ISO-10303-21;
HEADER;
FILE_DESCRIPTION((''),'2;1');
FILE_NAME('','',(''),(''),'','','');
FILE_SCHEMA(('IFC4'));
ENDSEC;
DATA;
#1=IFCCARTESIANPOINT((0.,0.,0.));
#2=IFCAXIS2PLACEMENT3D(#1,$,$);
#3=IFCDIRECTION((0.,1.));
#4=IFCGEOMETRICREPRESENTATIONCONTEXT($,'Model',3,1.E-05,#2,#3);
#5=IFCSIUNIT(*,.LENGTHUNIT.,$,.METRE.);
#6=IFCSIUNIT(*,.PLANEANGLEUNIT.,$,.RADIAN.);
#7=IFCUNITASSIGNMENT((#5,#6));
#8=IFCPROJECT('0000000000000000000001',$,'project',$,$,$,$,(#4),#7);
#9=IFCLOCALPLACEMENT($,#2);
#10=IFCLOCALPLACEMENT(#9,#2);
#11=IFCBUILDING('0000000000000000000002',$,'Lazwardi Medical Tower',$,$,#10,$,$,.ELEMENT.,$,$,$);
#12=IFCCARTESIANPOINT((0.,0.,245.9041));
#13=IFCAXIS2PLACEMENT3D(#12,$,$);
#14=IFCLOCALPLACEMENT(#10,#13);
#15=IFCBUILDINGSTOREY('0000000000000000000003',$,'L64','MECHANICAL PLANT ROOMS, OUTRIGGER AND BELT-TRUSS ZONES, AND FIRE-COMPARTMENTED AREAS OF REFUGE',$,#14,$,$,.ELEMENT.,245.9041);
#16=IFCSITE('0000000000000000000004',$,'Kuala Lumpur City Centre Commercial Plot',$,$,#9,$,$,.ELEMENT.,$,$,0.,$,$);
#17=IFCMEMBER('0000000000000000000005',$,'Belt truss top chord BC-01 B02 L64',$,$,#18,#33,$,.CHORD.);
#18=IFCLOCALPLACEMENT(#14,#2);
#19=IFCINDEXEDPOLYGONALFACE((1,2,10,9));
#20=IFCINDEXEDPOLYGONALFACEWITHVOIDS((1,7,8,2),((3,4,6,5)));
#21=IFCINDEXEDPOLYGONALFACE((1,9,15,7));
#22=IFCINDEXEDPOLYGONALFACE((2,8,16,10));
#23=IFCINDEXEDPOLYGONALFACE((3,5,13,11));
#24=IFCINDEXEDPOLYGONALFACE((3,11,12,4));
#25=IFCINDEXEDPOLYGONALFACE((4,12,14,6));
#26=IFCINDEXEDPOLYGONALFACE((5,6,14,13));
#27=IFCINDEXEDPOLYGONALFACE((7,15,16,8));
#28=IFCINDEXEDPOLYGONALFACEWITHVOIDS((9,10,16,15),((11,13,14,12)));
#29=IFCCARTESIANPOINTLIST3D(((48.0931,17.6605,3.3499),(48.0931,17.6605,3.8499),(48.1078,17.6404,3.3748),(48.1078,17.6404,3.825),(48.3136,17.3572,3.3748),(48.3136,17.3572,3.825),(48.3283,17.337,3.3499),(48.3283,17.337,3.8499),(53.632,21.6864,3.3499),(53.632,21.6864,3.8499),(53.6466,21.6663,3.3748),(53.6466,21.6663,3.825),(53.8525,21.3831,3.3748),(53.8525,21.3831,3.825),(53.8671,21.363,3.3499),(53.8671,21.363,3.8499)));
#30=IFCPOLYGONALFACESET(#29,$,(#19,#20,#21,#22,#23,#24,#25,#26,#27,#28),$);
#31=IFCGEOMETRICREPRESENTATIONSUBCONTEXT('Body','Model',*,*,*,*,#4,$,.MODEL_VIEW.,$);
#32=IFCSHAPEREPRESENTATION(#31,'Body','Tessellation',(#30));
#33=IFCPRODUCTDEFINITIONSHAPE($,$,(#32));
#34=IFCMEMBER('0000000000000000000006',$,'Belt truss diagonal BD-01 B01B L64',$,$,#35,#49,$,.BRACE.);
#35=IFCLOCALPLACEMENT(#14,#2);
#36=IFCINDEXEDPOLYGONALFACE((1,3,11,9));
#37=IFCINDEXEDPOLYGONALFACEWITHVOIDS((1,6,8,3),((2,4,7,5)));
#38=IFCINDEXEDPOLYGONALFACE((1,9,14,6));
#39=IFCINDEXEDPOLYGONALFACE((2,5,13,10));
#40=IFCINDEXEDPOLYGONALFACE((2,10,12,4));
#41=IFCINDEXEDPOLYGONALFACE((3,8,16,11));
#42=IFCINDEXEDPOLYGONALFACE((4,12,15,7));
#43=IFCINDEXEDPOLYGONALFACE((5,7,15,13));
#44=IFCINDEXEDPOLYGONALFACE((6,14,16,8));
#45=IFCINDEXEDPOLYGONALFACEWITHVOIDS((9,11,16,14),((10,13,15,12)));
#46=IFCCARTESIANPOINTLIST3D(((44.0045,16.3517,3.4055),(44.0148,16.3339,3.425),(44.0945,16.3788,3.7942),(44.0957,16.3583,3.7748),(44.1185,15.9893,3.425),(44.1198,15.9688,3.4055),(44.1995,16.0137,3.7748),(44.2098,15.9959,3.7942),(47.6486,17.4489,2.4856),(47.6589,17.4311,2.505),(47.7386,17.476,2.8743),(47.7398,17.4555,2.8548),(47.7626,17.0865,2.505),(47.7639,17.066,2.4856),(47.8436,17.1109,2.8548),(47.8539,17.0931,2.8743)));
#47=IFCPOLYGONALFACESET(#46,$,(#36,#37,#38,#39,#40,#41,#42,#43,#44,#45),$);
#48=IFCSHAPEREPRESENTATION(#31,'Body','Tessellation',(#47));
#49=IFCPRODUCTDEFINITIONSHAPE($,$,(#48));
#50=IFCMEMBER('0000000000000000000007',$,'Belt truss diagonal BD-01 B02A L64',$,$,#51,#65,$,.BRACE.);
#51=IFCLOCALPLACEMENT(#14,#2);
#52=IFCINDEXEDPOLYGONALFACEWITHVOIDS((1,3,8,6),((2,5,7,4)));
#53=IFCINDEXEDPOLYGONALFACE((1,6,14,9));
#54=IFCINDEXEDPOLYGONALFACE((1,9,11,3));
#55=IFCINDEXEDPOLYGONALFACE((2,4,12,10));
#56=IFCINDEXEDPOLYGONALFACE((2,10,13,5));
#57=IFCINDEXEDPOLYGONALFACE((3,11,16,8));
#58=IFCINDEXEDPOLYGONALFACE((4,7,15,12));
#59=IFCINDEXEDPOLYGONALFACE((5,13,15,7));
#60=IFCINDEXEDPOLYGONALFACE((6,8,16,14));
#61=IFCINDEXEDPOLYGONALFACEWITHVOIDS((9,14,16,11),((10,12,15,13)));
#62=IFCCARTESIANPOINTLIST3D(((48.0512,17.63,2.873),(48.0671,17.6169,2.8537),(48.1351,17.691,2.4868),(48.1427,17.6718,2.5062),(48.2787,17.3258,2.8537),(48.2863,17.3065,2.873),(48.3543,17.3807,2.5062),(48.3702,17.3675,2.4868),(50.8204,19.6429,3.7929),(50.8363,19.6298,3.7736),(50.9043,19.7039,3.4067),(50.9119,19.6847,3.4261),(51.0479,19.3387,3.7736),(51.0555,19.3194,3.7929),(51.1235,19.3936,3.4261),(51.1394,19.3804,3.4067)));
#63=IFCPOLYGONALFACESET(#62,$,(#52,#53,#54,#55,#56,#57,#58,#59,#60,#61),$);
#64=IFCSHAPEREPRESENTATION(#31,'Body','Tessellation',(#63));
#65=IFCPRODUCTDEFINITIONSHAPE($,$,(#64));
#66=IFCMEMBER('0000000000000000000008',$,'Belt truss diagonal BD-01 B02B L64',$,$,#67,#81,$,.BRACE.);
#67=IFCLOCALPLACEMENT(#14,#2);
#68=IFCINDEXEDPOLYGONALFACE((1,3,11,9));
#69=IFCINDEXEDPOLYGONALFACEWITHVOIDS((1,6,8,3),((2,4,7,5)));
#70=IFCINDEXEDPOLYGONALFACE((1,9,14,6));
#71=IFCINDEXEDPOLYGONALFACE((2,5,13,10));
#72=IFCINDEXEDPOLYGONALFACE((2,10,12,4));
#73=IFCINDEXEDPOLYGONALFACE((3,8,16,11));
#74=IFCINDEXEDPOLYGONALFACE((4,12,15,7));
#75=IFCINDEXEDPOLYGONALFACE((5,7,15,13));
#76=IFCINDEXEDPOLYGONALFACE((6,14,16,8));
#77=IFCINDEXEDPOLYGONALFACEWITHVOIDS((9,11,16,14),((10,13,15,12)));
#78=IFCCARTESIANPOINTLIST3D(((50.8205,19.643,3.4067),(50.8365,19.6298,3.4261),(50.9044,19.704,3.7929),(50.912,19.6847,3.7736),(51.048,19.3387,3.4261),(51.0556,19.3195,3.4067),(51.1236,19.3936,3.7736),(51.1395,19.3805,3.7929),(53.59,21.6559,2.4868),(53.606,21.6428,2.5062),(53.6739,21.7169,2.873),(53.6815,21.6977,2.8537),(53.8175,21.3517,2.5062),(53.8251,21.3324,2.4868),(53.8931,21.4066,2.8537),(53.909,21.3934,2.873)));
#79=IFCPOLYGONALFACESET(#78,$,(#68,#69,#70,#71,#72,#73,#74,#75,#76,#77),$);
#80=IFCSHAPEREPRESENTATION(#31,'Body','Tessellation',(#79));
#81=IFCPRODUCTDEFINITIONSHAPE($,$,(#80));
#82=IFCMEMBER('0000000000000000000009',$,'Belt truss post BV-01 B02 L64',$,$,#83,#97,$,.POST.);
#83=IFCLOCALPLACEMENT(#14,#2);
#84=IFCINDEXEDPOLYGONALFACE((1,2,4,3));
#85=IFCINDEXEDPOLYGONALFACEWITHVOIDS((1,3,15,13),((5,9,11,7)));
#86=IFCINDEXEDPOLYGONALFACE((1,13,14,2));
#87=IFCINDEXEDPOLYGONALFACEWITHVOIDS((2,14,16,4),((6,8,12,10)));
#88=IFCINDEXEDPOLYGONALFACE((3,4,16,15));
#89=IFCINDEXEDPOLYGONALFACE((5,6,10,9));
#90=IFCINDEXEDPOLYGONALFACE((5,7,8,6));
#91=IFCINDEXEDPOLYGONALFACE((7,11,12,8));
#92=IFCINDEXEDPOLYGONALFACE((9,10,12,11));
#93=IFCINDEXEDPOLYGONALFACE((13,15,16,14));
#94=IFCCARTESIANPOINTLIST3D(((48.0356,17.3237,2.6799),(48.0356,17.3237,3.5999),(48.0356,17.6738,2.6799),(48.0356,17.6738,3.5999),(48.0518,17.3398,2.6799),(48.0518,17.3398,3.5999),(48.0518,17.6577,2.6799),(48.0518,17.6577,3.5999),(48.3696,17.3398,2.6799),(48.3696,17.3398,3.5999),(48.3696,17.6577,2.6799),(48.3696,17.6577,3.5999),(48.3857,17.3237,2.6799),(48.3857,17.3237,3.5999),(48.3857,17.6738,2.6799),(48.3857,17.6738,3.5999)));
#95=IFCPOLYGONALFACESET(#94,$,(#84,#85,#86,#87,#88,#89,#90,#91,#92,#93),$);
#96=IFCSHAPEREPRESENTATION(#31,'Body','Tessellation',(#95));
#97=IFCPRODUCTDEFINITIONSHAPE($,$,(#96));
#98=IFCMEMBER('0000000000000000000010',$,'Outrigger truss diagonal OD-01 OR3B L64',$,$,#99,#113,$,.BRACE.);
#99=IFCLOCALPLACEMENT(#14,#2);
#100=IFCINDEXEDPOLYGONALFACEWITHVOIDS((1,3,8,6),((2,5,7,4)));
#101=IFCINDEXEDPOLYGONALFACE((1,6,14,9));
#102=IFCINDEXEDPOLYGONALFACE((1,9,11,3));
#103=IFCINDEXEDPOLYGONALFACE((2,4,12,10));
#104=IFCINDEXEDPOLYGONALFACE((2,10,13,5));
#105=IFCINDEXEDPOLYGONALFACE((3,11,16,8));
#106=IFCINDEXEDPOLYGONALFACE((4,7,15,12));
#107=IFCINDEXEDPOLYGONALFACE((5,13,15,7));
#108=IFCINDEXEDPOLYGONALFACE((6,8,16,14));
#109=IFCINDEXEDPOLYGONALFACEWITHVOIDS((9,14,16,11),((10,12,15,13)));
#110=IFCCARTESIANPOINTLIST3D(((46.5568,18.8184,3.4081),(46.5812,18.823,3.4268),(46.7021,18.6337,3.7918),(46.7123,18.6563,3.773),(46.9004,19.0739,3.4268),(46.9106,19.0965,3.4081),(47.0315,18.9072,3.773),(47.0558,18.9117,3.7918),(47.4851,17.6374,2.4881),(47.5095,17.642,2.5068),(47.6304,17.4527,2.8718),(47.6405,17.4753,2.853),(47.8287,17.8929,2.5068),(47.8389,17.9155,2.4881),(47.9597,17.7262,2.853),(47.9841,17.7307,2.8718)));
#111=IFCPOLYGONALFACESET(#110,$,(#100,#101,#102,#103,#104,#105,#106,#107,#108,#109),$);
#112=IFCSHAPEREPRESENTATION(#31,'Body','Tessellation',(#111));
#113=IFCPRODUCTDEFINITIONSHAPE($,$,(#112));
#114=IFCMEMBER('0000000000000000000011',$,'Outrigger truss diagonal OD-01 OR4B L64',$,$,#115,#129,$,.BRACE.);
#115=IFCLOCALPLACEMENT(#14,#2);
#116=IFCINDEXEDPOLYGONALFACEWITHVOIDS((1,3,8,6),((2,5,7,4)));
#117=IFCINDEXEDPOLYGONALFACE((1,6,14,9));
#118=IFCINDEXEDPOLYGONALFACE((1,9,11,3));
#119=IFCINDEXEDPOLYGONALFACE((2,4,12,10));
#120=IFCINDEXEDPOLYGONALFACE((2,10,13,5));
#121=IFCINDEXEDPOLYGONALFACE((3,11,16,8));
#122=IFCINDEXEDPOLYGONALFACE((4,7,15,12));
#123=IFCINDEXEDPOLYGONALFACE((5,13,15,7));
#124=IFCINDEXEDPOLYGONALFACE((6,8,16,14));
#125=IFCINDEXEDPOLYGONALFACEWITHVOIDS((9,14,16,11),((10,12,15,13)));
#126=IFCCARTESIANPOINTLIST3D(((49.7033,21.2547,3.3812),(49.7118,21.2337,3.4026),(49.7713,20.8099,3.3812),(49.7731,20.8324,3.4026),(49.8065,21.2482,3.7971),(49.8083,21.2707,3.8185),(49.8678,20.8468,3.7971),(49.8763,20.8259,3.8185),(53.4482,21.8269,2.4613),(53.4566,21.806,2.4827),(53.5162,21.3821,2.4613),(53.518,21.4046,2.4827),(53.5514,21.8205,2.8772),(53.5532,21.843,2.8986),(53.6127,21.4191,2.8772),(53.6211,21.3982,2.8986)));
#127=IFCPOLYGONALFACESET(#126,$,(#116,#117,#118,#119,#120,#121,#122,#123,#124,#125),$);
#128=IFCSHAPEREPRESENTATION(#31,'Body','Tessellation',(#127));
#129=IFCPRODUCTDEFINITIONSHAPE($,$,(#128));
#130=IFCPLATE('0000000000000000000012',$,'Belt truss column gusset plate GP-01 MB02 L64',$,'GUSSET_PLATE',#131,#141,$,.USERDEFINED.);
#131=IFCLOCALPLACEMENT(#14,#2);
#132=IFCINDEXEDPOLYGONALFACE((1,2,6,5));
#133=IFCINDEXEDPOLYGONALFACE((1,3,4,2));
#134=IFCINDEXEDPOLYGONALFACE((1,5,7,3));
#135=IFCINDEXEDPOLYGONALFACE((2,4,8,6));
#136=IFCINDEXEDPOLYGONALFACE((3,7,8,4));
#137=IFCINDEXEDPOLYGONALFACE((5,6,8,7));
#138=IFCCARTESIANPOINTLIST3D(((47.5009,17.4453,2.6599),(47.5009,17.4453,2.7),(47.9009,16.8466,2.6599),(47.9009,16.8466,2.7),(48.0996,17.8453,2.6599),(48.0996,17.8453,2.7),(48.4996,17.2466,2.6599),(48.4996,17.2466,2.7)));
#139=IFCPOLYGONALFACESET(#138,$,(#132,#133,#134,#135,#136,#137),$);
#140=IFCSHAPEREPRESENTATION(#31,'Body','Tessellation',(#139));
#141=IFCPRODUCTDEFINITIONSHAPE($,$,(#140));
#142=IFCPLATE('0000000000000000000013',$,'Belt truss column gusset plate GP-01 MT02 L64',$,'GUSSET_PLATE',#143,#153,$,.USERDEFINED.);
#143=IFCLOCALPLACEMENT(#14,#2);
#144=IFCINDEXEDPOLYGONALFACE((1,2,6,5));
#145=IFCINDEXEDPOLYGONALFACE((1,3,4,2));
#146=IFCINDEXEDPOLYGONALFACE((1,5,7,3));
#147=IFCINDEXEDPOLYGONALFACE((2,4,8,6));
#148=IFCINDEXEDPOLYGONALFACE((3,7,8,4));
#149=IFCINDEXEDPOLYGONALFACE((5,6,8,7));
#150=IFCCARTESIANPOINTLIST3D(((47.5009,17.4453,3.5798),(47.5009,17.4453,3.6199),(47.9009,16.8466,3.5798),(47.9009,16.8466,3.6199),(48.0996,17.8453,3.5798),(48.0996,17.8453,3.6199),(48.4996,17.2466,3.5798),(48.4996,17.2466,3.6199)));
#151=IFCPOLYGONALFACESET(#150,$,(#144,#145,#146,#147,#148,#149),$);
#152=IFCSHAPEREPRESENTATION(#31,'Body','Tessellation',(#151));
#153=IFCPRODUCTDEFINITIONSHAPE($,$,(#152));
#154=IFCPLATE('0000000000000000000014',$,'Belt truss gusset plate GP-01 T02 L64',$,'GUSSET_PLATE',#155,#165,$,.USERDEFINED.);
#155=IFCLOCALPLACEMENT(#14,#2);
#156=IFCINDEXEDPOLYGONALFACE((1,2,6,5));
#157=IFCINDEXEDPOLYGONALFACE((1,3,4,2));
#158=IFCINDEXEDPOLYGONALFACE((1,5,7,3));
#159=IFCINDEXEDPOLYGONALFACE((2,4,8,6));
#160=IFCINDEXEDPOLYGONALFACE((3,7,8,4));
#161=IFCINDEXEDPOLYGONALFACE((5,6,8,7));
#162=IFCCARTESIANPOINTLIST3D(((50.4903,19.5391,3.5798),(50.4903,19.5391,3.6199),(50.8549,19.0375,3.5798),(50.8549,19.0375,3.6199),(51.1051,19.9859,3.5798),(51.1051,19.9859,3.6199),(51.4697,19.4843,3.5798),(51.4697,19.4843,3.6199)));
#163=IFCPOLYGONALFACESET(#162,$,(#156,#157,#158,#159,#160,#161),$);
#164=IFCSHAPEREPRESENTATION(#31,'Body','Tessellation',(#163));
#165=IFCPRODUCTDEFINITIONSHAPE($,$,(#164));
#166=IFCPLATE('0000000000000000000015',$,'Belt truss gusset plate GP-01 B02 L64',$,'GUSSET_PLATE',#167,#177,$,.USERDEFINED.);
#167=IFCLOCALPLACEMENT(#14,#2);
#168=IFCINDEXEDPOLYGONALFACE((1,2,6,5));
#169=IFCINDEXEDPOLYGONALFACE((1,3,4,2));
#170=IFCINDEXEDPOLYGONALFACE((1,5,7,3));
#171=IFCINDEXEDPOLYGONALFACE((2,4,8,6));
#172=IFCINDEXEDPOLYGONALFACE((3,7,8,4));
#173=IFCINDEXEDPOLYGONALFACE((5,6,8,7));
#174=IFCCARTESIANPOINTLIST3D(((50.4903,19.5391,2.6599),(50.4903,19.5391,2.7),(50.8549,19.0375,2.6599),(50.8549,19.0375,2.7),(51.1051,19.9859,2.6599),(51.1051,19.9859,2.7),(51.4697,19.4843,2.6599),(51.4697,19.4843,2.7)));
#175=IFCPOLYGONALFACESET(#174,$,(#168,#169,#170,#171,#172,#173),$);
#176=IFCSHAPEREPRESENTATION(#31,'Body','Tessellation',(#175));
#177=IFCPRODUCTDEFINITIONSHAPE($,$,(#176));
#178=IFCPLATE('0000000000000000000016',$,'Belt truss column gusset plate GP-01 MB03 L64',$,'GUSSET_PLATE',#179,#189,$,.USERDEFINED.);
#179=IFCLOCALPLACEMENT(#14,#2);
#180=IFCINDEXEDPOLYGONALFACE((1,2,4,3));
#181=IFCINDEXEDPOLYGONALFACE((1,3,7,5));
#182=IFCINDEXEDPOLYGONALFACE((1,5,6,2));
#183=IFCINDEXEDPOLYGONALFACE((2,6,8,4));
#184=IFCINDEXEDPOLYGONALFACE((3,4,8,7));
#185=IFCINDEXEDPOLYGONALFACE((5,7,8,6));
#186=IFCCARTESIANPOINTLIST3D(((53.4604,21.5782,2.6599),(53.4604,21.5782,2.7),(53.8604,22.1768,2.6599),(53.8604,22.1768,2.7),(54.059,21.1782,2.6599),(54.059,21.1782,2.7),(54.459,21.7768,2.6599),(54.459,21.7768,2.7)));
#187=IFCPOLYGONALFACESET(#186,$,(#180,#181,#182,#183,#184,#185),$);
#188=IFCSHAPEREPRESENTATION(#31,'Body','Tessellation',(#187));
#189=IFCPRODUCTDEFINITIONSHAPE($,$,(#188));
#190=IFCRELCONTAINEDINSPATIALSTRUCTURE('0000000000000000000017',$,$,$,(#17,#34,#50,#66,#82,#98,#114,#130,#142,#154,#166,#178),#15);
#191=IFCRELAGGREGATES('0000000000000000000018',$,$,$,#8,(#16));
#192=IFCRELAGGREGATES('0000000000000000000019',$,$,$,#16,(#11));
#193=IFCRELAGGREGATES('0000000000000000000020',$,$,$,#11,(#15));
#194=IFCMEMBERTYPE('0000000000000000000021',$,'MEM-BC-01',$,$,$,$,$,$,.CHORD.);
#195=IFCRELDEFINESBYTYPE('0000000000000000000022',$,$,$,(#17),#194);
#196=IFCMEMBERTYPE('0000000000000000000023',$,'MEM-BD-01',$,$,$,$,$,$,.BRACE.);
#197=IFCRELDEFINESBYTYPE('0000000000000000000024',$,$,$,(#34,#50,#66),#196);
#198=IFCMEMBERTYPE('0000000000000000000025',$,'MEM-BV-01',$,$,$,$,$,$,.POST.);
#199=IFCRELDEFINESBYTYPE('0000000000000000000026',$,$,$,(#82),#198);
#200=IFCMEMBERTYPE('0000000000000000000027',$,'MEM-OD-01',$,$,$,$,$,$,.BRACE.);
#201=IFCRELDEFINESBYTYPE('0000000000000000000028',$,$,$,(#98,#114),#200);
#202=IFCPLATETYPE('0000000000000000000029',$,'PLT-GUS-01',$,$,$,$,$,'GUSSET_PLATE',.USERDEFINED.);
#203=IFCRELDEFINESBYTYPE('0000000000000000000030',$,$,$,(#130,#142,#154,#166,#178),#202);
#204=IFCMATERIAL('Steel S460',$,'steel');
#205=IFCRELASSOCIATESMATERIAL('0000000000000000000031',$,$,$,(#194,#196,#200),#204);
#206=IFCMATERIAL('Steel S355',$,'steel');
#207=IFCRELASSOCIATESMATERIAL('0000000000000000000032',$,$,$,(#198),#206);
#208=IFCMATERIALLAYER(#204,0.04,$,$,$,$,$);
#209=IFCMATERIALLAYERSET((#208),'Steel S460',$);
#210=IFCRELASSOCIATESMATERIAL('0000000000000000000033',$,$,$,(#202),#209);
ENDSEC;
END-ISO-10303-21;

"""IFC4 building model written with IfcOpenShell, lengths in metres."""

from ifc_helpers import new_model, si_unit, direction, frame, origin, origin_2d, place, context, subcontext, project, spatial, rectangle, hollow_rectangle, extrude, material, layer, layer_set, material_profile, profile_set, type_object, element, save


model = new_model("IFC4")

# Units and contexts
model_context = context("Model", 3, precision=1e-05, world=origin(), true_north=direction((0.0, 1.0)))
body_context = subcontext(model_context, "Body", "Model", "MODEL_VIEW")
ifc_project = project(units=[si_unit("LENGTHUNIT", "METRE"), si_unit("PLANEANGLEUNIT", "RADIAN")], contexts=[model_context])

# Site, building, storey
site_placement = place(None, origin())
site = spatial("IfcSite", under=ifc_project, at=site_placement, Name="Kuala Lumpur City Centre Commercial Plot", CompositionType="ELEMENT", RefElevation=0.0)
building_placement = place(site_placement, origin())
building = spatial("IfcBuilding", under=site, at=building_placement, Name="Lazwardi Medical Tower", CompositionType="ELEMENT")
storey_placement = place(building_placement, frame((0.0, 0.0, 245.9041)))
storey = spatial("IfcBuildingStorey", under=building, at=storey_placement, Name="L64", Description="MECHANICAL PLANT ROOMS, OUTRIGGER AND BELT-TRUSS ZONES, AND FIRE-COMPARTMENTED AREAS OF REFUGE", CompositionType="ELEMENT", Elevation=245.9041)

# Shared definitions
ifc_material_1 = material(Name="Steel S355", Category="steel")

# Members
ifc_material_2 = material(Name="Steel S460", Category="steel")
ifc_material_profile_1 = material_profile(ifc_material_2, hollow_rectangle(XDim=0.3999, YDim=0.5, WallThickness=0.0249, at=origin_2d()), Name="RHS 500x400x25")
ifc_profile_set_1 = profile_set([ifc_material_profile_1], Name="Steel S460")
member_type_1 = type_object("IfcMemberType", Name="MEM-BC-01", PredefinedType="CHORD", material=ifc_profile_set_1)
for number, where, z_axis, x_axis, name in (
    (1, (48.2107, 17.4988, 3.5999), (0.808899, 0.587947, 0.0), (-0.587947, 0.808899, 0.0), "Belt truss top chord BC-01 B02 L64"),
):
    element("IfcMember", number, at=place(storey_placement, frame(where, z_axis=z_axis, x_axis=x_axis)), inside=storey, type_object=member_type_1, Name=name, PredefinedType="CHORD", context=body_context, shape_type="SweptSolid", body=[
        extrude(hollow_rectangle(XDim=0.3999, YDim=0.5, WallThickness=0.0249, at=origin_2d()), origin(), (0.0, 0.0, 1.0), 6.8474),
    ])
ifc_material_profile_2 = material_profile(ifc_material_2, hollow_rectangle(XDim=0.3999, YDim=0.3999, WallThickness=0.02, at=origin_2d()), Name="RHS 400x400x20")
ifc_profile_set_2 = profile_set([ifc_material_profile_2], Name="Steel S460")
member_type_2 = type_object("IfcMemberType", Name="MEM-BD-01", PredefinedType="BRACE", material=ifc_profile_set_2)
member_1_placement = place(storey_placement, frame((47.7512, 17.271, 2.6799), z_axis=(-0.930734, -0.28023, 0.234959), x_axis=(0.288301, -0.95754, 0.0)))
element("IfcMember", 2, at=member_1_placement, inside=storey, type_object=member_type_2, Name="Belt truss diagonal BD-01 B01B L64", PredefinedType="BRACE", context=body_context, shape_type="SweptSolid", body=[
    extrude(hollow_rectangle(XDim=0.3999, YDim=0.3999, WallThickness=0.02, at=origin_2d()), origin(), (0.0, 0.0, 1.0), 3.9153),
])
member_2_placement = place(storey_placement, frame((48.2107, 17.4988, 2.6799), z_axis=(0.781178, 0.567823, 0.259497), x_axis=(-0.587964, 0.808887, 0.0)))
element("IfcMember", 3, at=member_2_placement, inside=storey, type_object=member_type_2, Name="Belt truss diagonal BD-01 B02A L64", PredefinedType="BRACE", context=body_context, shape_type="SweptSolid", body=[
    extrude(hollow_rectangle(XDim=0.3999, YDim=0.3999, WallThickness=0.02, at=origin_2d()), origin(), (0.0, 0.0, 1.0), 3.5449),
])
member_3_placement = place(storey_placement, frame((53.7495, 21.5247, 2.6799), z_axis=(-0.781205, -0.567792, 0.259483), x_axis=(0.58793, -0.808912, 0.0)))
element("IfcMember", 4, at=member_3_placement, inside=storey, type_object=member_type_2, Name="Belt truss diagonal BD-01 B02B L64", PredefinedType="BRACE", context=body_context, shape_type="SweptSolid", body=[
    extrude(hollow_rectangle(XDim=0.3999, YDim=0.3999, WallThickness=0.02, at=origin_2d()), origin(), (0.0, 0.0, 1.0), 3.5452),
])
ifc_material_profile_3 = material_profile(ifc_material_1, hollow_rectangle(XDim=0.3501, YDim=0.3501, WallThickness=0.0161, at=origin_2d()), Name="RHS 350x350x16")
ifc_profile_set_3 = profile_set([ifc_material_profile_3], Name="Steel S355")
member_type_3 = type_object("IfcMemberType", Name="MEM-BV-01", PredefinedType="POST", material=ifc_profile_set_3)
member_4_placement = place(storey_placement, frame((48.2107, 17.4988, 2.6799), z_axis=(0.0, 0.0, 1.0), x_axis=(1.0, 0.0, 0.0)))
element("IfcMember", 5, at=member_4_placement, inside=storey, type_object=member_type_3, Name="Belt truss post BV-01 B02 L64", PredefinedType="POST", context=body_context, shape_type="SweptSolid", body=[
    extrude(hollow_rectangle(XDim=0.3501, YDim=0.3501, WallThickness=0.0161, at=origin_2d()), origin(), (0.0, 0.0, 1.0), 0.9199),
])
ifc_material_profile_4 = material_profile(ifc_material_2, hollow_rectangle(XDim=0.45, YDim=0.45, WallThickness=0.022, at=origin_2d()), Name="RHS 450x450x22")
ifc_profile_set_4 = profile_set([ifc_material_profile_4], Name="Steel S460")
member_type_4 = type_object("IfcMemberType", Name="MEM-OD-01", PredefinedType="BRACE", material=ifc_profile_set_4)
member_5_placement = place(storey_placement, frame((47.7346, 17.6841, 2.6799), z_axis=(-0.526991, 0.670452, 0.522279), x_axis=(-0.7862, -0.617972, 0.0)))
element("IfcMember", 6, at=member_5_placement, inside=storey, type_object=member_type_4, Name="Outrigger truss diagonal OD-01 OR3B L64", PredefinedType="BRACE", context=body_context, shape_type="SweptSolid", body=[
    extrude(hollow_rectangle(XDim=0.45, YDim=0.45, WallThickness=0.022, at=origin_2d()), origin(), (0.0, 0.0, 1.0), 1.7615),
])
member_6_placement = place(storey_placement, frame((53.5347, 21.6125, 2.6799), z_axis=(-0.960609, -0.146794, 0.235972), x_axis=(0.15106, -0.988525, 0.0)))
element("IfcMember", 7, at=member_6_placement, inside=storey, type_object=member_type_4, Name="Outrigger truss diagonal OD-01 OR4B L64", PredefinedType="BRACE", context=body_context, shape_type="SweptSolid", body=[
    extrude(hollow_rectangle(XDim=0.45, YDim=0.45, WallThickness=0.022, at=origin_2d()), origin(), (0.0, 0.0, 1.0), 3.8984),
])

# Plates
ifc_layer = layer(ifc_material_2, 0.04)
ifc_layer_set = layer_set([ifc_layer], Name="Steel S460")
plate_type = type_object("IfcPlateType", Name="PLT-GUS-01", ElementType="GUSSET_PLATE", PredefinedType="USERDEFINED", material=ifc_layer_set)
for number, where, z_axis, x_axis, name in (
    (8, (48.0002, 17.3459, 2.6599), (0.0, 0.0, 1.0), (0.55557, -0.83147, 0.0), "Belt truss column gusset plate GP-01 MB02 L64"),
    (9, (48.0002, 17.3459, 3.5798), (0.0, 0.0, 1.0), (0.55557, -0.83147, 0.0), "Belt truss column gusset plate GP-01 MT02 L64"),
):
    element("IfcPlate", number, at=place(storey_placement, frame(where, z_axis=z_axis, x_axis=x_axis)), inside=storey, type_object=plate_type, Name=name, ObjectType="GUSSET_PLATE", PredefinedType="USERDEFINED", context=body_context, shape_type="SweptSolid", body=[
        extrude(rectangle(XDim=0.72, YDim=0.72, at=origin_2d()), origin(), (0.0, 0.0, 1.0), 0.04),
    ])
for number, where, z_axis, x_axis, name in (
    (10, (50.98, 19.5117, 3.5798), (0.0, 0.0, 1.0), (0.808914, 0.587926, 0.0), "Belt truss gusset plate GP-01 T02 L64"),
    (11, (50.98, 19.5117, 2.6599), (0.0, 0.0, 1.0), (0.808914, 0.587926, 0.0), "Belt truss gusset plate GP-01 B02 L64"),
):
    element("IfcPlate", number, at=place(storey_placement, frame(where, z_axis=z_axis, x_axis=x_axis)), inside=storey, type_object=plate_type, Name=name, ObjectType="GUSSET_PLATE", PredefinedType="USERDEFINED", context=body_context, shape_type="SweptSolid", body=[
        extrude(rectangle(XDim=0.76, YDim=0.6201, at=origin_2d()), origin(), (0.0, 0.0, 1.0), 0.04),
    ])
for number, where, z_axis, x_axis, name in (
    (12, (53.9597, 21.6775, 2.6599), (0.0, 0.0, 1.0), (0.83147, -0.55557, 0.0), "Belt truss column gusset plate GP-01 MB03 L64"),
):
    element("IfcPlate", number, at=place(storey_placement, frame(where, z_axis=z_axis, x_axis=x_axis)), inside=storey, type_object=plate_type, Name=name, ObjectType="GUSSET_PLATE", PredefinedType="USERDEFINED", context=body_context, shape_type="SweptSolid", body=[
        extrude(rectangle(XDim=0.72, YDim=0.72, at=origin_2d()), origin(), (0.0, 0.0, 1.0), 0.04),
    ])

save(model, "model.ifc")
